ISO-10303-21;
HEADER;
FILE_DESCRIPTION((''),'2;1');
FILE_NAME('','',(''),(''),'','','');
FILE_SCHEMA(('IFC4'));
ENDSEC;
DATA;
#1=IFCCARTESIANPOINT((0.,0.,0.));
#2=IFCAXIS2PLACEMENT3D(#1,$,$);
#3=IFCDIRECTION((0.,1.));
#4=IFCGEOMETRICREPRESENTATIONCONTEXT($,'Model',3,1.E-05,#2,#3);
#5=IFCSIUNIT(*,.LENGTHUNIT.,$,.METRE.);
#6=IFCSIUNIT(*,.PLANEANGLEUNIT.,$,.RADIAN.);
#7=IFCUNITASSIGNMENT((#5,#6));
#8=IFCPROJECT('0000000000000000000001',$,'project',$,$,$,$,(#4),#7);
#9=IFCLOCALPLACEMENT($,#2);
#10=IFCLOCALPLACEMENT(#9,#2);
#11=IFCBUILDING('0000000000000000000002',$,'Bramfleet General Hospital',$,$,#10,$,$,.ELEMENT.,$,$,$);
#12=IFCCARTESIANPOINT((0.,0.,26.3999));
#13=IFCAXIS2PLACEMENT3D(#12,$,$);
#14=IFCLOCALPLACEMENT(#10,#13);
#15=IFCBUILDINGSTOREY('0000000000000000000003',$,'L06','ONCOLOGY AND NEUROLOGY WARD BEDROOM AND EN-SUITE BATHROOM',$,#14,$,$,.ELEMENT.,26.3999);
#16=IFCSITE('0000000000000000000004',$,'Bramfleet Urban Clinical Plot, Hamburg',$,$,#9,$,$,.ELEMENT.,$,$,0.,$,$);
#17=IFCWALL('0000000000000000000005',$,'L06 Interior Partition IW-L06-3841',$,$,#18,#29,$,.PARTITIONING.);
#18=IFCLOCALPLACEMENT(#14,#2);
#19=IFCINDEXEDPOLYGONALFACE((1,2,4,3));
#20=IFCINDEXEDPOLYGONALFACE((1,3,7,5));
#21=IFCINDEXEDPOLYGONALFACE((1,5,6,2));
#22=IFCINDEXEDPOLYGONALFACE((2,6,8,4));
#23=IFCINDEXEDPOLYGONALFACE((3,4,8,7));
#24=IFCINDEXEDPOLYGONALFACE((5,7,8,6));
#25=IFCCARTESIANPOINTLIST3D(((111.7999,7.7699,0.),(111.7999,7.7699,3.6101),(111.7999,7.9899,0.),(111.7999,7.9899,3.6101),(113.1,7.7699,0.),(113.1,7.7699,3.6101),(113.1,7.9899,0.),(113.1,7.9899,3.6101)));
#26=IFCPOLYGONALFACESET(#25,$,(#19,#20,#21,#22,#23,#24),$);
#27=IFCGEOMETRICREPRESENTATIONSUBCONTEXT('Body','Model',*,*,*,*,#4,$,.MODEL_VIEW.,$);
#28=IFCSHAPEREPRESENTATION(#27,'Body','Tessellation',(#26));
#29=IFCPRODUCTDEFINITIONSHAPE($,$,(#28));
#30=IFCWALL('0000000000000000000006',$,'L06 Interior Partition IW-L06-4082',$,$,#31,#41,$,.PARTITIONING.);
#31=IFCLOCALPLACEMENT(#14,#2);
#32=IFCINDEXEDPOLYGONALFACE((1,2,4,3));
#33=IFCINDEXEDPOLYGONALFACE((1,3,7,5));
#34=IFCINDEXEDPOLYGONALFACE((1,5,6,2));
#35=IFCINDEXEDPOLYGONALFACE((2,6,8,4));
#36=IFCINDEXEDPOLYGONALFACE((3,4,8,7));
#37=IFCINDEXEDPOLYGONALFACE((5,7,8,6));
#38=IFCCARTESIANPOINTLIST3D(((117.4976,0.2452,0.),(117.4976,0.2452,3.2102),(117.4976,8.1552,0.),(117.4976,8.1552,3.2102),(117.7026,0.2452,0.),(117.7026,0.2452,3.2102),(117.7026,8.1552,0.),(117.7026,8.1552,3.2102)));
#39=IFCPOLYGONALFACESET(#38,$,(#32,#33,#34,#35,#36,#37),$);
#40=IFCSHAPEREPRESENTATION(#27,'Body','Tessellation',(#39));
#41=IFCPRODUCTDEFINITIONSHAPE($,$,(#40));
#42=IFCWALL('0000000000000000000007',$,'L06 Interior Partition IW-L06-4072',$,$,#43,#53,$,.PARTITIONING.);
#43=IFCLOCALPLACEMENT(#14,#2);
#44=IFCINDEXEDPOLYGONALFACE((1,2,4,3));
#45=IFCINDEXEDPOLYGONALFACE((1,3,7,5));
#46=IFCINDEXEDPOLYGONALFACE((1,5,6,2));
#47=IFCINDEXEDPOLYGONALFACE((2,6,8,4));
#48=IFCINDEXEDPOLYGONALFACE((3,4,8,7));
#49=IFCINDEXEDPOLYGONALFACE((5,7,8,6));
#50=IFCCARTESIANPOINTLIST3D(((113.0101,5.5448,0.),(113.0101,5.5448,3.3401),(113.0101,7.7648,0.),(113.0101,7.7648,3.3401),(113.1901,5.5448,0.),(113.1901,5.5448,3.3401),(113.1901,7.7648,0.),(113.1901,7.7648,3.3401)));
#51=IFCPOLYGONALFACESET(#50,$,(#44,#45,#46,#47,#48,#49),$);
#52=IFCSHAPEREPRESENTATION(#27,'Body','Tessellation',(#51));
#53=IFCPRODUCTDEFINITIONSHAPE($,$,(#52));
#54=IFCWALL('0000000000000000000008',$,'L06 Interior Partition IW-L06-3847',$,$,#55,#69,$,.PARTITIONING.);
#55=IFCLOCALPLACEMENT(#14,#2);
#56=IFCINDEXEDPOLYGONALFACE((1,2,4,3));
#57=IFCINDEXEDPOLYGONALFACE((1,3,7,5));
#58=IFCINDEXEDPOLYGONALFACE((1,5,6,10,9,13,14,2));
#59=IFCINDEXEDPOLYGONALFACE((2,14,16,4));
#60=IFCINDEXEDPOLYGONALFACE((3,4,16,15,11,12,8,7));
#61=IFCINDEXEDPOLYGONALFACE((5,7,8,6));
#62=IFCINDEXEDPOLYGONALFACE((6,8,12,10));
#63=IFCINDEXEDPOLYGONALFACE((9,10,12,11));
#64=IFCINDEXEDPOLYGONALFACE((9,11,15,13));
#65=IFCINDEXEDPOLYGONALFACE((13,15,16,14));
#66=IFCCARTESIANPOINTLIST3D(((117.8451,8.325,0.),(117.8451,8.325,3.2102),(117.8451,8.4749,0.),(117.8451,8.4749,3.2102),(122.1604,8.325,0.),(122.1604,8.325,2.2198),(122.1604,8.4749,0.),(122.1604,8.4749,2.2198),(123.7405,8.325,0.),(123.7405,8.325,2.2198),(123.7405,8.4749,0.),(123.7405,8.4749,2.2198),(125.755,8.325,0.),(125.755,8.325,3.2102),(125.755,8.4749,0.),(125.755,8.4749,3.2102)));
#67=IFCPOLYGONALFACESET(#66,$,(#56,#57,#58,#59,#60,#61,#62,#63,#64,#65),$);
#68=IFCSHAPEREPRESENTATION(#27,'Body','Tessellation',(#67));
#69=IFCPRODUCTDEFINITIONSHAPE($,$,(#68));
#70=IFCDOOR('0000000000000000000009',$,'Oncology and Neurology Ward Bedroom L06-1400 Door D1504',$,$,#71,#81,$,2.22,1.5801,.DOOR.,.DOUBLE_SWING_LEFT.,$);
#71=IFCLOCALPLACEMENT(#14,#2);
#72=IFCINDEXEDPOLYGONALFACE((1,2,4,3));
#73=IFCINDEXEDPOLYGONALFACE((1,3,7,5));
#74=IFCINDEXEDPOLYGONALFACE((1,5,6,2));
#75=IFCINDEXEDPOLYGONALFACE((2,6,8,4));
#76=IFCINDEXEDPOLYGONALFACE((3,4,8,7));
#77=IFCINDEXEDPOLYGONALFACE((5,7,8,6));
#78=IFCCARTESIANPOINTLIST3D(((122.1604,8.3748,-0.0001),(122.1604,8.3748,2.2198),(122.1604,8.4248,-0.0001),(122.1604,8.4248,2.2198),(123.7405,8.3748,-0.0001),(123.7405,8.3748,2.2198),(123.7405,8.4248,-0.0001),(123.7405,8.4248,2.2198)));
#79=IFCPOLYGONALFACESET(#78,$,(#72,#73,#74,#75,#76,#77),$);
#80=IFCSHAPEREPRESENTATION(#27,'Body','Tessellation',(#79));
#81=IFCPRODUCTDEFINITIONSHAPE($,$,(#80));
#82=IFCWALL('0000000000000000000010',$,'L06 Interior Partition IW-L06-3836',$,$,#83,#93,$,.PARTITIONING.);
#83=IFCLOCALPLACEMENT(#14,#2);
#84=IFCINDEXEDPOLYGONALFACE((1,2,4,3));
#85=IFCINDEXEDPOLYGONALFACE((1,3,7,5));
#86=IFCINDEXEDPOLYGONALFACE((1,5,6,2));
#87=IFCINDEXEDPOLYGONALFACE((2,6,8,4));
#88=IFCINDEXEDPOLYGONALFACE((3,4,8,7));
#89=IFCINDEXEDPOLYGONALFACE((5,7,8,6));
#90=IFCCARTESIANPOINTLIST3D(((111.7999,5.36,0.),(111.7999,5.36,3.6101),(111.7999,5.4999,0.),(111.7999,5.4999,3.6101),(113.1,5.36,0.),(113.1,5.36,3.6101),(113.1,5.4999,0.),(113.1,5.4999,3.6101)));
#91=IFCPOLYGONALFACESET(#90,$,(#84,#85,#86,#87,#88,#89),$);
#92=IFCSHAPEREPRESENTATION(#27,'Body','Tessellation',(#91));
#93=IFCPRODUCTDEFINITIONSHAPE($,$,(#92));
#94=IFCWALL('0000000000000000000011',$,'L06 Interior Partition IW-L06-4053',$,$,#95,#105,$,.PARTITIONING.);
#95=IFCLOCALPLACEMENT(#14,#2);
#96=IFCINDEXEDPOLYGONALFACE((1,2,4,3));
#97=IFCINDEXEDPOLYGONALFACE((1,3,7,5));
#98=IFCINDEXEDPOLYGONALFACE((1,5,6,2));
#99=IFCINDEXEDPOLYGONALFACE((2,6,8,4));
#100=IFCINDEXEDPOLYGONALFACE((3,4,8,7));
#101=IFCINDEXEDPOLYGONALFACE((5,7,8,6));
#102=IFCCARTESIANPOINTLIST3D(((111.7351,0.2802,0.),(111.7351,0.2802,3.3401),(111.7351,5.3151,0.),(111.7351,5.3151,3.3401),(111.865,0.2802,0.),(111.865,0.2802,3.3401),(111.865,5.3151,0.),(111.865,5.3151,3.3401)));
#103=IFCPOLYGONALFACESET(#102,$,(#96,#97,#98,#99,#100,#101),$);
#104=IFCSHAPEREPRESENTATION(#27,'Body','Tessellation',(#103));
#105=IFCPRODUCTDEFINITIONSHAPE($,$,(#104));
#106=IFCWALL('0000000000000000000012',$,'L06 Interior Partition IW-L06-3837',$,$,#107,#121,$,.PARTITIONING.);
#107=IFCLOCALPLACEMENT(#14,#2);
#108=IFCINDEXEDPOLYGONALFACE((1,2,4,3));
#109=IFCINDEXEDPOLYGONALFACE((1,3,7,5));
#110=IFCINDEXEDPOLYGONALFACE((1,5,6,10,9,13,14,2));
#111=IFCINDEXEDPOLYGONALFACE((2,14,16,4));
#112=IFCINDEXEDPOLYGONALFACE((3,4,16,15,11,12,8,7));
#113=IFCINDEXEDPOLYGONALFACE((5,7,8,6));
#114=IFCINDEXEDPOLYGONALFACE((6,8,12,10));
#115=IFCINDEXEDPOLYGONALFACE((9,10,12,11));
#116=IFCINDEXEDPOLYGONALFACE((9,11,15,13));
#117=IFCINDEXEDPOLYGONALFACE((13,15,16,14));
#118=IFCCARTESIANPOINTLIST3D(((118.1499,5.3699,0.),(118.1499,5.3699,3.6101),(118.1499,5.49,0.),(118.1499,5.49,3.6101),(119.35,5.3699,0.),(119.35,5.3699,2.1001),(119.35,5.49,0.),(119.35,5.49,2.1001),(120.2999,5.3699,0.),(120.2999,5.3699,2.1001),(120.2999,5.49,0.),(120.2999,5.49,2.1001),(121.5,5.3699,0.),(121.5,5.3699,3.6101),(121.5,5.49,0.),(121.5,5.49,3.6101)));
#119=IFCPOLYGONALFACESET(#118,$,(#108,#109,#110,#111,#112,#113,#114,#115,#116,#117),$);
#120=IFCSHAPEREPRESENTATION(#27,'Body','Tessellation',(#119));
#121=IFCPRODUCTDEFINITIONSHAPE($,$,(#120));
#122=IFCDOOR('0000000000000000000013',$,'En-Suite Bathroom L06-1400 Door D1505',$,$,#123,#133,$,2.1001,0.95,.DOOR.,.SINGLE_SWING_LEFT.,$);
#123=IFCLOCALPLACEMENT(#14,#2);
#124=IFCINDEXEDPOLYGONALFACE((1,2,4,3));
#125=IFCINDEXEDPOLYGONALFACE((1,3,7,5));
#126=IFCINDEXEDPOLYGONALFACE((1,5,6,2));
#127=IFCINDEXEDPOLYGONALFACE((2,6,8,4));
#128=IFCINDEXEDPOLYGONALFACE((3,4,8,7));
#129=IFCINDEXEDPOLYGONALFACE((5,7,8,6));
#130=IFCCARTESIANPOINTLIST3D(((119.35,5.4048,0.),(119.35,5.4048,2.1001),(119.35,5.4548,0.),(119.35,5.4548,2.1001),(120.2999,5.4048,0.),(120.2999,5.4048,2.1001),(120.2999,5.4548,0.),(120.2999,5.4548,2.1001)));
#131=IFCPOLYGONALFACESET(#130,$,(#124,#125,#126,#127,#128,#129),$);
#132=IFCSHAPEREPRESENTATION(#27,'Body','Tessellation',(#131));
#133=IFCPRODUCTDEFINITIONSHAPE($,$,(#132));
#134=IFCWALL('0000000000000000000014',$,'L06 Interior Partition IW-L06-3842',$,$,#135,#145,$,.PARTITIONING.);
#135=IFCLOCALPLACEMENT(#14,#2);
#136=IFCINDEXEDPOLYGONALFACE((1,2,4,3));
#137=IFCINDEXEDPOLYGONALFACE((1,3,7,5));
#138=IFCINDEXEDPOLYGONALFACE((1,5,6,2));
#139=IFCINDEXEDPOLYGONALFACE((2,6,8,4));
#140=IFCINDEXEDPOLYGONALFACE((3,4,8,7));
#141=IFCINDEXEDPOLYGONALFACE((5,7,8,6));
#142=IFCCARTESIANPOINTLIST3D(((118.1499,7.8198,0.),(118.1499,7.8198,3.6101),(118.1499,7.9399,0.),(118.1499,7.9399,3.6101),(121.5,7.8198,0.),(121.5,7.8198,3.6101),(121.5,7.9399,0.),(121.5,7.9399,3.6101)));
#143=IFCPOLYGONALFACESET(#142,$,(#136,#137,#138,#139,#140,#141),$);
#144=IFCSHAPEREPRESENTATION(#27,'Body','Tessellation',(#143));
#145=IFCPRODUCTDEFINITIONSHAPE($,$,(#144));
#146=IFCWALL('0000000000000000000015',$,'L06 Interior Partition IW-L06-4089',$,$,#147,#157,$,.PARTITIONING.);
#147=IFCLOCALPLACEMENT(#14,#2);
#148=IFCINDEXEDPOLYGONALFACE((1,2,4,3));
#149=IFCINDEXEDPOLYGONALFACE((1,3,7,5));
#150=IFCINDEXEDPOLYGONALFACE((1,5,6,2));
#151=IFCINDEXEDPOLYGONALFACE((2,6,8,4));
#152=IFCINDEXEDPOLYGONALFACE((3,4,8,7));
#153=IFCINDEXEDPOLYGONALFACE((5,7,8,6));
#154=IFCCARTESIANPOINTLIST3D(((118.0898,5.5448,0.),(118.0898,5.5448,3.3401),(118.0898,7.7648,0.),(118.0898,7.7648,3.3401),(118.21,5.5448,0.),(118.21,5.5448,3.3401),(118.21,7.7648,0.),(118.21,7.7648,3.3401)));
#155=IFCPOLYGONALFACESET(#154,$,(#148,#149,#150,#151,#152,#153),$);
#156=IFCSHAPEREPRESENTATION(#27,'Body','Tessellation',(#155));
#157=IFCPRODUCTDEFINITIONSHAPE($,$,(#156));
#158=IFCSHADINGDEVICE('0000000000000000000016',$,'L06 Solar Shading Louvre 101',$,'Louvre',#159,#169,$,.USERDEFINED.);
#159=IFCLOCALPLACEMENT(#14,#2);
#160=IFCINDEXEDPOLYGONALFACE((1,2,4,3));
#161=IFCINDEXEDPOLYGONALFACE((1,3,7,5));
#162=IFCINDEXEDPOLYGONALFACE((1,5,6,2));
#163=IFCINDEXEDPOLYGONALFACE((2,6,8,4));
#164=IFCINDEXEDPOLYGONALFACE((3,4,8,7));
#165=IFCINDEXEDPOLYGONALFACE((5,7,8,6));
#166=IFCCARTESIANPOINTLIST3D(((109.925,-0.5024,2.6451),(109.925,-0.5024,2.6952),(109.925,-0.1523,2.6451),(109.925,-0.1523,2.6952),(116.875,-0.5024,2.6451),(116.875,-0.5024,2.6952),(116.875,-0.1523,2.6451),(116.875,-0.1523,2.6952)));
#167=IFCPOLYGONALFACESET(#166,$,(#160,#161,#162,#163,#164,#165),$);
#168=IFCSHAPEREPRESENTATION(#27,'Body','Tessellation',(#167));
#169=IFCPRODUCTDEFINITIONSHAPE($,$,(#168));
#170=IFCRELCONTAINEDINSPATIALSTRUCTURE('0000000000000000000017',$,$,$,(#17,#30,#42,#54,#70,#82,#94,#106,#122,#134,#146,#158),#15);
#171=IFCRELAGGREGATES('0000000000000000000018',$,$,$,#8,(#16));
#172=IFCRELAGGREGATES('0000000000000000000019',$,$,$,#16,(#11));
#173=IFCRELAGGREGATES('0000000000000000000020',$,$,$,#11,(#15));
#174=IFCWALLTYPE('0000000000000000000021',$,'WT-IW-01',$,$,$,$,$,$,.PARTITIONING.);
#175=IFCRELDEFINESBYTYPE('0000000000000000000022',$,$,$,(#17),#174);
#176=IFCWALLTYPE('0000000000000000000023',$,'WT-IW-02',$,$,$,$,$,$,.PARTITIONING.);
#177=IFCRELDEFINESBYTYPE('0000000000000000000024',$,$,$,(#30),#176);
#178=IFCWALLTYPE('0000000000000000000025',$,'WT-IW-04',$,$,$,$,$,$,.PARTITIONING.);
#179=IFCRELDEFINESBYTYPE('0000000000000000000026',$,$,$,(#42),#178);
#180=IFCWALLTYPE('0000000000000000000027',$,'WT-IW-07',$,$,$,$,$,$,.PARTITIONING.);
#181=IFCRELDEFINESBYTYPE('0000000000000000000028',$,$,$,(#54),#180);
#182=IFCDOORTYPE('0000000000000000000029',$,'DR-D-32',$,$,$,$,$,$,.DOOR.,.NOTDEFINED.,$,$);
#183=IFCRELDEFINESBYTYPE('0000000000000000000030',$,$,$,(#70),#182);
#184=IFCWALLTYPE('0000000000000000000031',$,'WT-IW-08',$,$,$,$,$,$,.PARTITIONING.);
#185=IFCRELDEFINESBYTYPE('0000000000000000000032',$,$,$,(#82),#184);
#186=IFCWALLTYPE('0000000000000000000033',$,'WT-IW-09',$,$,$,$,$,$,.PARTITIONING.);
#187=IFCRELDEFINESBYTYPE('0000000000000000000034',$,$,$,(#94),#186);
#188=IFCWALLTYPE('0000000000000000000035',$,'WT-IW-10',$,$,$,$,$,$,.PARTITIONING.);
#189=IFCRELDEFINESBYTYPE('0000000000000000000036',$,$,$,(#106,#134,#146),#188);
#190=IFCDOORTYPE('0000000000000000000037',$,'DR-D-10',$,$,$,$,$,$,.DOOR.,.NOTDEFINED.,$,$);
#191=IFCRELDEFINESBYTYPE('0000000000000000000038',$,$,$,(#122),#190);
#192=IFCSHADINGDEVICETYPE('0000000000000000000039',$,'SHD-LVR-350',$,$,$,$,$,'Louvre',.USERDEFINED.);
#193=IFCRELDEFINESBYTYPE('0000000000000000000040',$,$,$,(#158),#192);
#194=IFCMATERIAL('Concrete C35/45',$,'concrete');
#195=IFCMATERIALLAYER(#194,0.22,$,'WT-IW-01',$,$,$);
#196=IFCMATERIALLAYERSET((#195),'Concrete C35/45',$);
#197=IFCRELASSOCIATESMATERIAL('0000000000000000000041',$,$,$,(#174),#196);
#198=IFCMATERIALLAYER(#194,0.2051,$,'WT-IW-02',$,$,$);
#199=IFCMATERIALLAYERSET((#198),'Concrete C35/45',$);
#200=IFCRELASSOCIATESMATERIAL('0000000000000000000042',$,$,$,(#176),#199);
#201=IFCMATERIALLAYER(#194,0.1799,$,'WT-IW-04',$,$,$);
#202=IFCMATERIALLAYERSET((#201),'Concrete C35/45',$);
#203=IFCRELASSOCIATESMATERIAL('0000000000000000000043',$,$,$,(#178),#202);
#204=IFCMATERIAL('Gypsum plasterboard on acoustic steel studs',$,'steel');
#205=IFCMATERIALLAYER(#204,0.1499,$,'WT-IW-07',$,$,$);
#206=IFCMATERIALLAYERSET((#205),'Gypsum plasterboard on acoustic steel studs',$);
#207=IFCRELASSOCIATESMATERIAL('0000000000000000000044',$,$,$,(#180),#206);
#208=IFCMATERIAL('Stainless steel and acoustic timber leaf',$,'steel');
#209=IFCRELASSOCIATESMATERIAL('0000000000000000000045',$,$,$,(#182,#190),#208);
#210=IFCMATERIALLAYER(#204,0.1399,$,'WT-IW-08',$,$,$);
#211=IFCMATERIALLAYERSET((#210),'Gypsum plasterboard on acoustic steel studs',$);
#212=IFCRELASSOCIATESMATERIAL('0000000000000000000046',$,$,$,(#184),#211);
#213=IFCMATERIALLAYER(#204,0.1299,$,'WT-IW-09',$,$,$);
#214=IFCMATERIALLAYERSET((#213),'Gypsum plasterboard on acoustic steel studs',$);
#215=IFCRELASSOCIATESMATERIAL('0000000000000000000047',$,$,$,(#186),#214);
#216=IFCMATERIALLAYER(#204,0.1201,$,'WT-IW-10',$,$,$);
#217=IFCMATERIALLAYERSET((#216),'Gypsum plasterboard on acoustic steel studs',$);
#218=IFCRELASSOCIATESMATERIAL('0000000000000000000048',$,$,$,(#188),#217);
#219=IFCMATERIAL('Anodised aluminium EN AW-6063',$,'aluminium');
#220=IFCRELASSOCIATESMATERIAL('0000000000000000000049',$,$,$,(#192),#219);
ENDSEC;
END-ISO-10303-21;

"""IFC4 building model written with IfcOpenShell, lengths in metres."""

from ifc_helpers import new_model, si_unit, direction, frame, frame_2d, origin, origin_2d, place, context, subcontext, project, spatial, rectangle, extrude, material, layer, layer_set, material_profile, profile_set, type_object, element, fill, save


model = new_model("IFC4")

# Units and contexts
model_context = context("Model", 3, precision=1e-05, world=origin(), true_north=direction((0.0, 1.0)))
body_context = subcontext(model_context, "Body", "Model", "MODEL_VIEW")
ifc_project = project(units=[si_unit("LENGTHUNIT", "METRE"), si_unit("PLANEANGLEUNIT", "RADIAN")], contexts=[model_context])

# Site, building, storey
site_placement = place(None, origin())
site = spatial("IfcSite", under=ifc_project, at=site_placement, Name="Bramfleet Urban Clinical Plot, Hamburg", CompositionType="ELEMENT", RefElevation=0.0)
building_placement = place(site_placement, origin())
building = spatial("IfcBuilding", under=site, at=building_placement, Name="Bramfleet General Hospital", CompositionType="ELEMENT")
storey_placement = place(building_placement, frame((0.0, 0.0, 26.3999)))
storey = spatial("IfcBuildingStorey", under=building, at=storey_placement, Name="L06", Description="ONCOLOGY AND NEUROLOGY WARD BEDROOM AND EN-SUITE BATHROOM", CompositionType="ELEMENT", Elevation=26.3999)

# Walls
ifc_material_1 = material(Name="Concrete C35/45", Category="concrete")
ifc_layer_1 = layer(ifc_material_1, 0.22, Name="WT-IW-01")
ifc_layer_set_1 = layer_set([ifc_layer_1], Name="Concrete C35/45")
wall_type_1 = type_object("IfcWallType", Name="WT-IW-01", PredefinedType="PARTITIONING", material=ifc_layer_set_1)
wall_1_placement = place(storey_placement, frame((111.8, 7.8799, 0.0), z_axis=(0.0, 0.0, 1.0), x_axis=(1.0, 0.0, 0.0)))
element("IfcWall", 1, at=wall_1_placement, inside=storey, type_object=wall_type_1, Name="L06 Interior Partition IW-L06-3841", PredefinedType="PARTITIONING", context=body_context, shape_type="SweptSolid", body=[
    extrude(rectangle(XDim=1.3, YDim=0.22, at=frame_2d((0.6499, 0.0))), origin(), (0.0, 0.0, 1.0), 3.6101),
])
ifc_layer_2 = layer(ifc_material_1, 0.2051, Name="WT-IW-02")
ifc_layer_set_2 = layer_set([ifc_layer_2], Name="Concrete C35/45")
wall_type_2 = type_object("IfcWallType", Name="WT-IW-02", PredefinedType="PARTITIONING", material=ifc_layer_set_2)
wall_2_placement = place(storey_placement, frame((117.6001, 0.2451, 0.0), z_axis=(0.0, 0.0, 1.0), x_axis=(0.0, 1.0, 0.0)))
element("IfcWall", 2, at=wall_2_placement, inside=storey, type_object=wall_type_2, Name="L06 Interior Partition IW-L06-4082", PredefinedType="PARTITIONING", context=body_context, shape_type="SweptSolid", body=[
    extrude(rectangle(XDim=7.9099, YDim=0.2051, at=frame_2d((3.9551, 0.0))), origin(), (0.0, 0.0, 1.0), 3.2102),
])
ifc_layer_3 = layer(ifc_material_1, 0.1799, Name="WT-IW-04")
ifc_layer_set_3 = layer_set([ifc_layer_3], Name="Concrete C35/45")
wall_type_3 = type_object("IfcWallType", Name="WT-IW-04", PredefinedType="PARTITIONING", material=ifc_layer_set_3)
wall_3_placement = place(storey_placement, frame((113.1001, 5.5449, 0.0), z_axis=(0.0, 0.0, 1.0), x_axis=(0.0, 1.0, 0.0)))
element("IfcWall", 3, at=wall_3_placement, inside=storey, type_object=wall_type_3, Name="L06 Interior Partition IW-L06-4072", PredefinedType="PARTITIONING", context=body_context, shape_type="SweptSolid", body=[
    extrude(rectangle(XDim=2.22, YDim=0.1799, at=frame_2d((1.1099, 0.0))), origin(), (0.0, 0.0, 1.0), 3.3401),
])

# Wall, opening, door
ifc_material_2 = material(Name="Gypsum plasterboard on acoustic steel studs", Category="steel")
ifc_material_3 = material(Name="Stainless steel and acoustic timber leaf", Category="steel")
ifc_layer_4 = layer(ifc_material_2, 0.1499, Name="WT-IW-07")
ifc_layer_set_4 = layer_set([ifc_layer_4], Name="Gypsum plasterboard on acoustic steel studs")
wall_type_4 = type_object("IfcWallType", Name="WT-IW-07", PredefinedType="PARTITIONING", material=ifc_layer_set_4)
wall_4_placement = place(storey_placement, frame((117.845, 8.3999, 0.0), z_axis=(0.0, 0.0, 1.0), x_axis=(1.0, 0.0, 0.0)))
wall_4 = element("IfcWall", 4, at=wall_4_placement, inside=storey, type_object=wall_type_4, Name="L06 Interior Partition IW-L06-3847", PredefinedType="PARTITIONING", context=body_context, shape_type="SweptSolid", body=[
    extrude(rectangle(XDim=7.9099, YDim=0.1499, at=frame_2d((3.9551, 0.0))), origin(), (0.0, 0.0, 1.0), 3.2102),
])
opening_1_placement = place(wall_4_placement, frame((4.3154, 0.0, 0.0)))
opening_1 = element("IfcOpeningElement", 5, at=opening_1_placement, cuts=wall_4, PredefinedType="OPENING", context=body_context, shape_type="SweptSolid", body=[
    extrude(rectangle(XDim=1.5801, YDim=2.22, at=frame_2d((0.79, 1.1099))), frame((0.0, 0.085, 0.0), z_axis=(0.0, -1.0, 0.0), x_axis=(1.0, 0.0, 0.0)), (0.0, 0.0, 1.0), 0.1699),
])
door_type_1 = type_object("IfcDoorType", Name="DR-D-32", OperationType="NOTDEFINED", PredefinedType="DOOR", material=ifc_material_3)
door_1_placement = place(opening_1_placement, origin())
door_1 = element("IfcDoor", 6, at=door_1_placement, inside=storey, type_object=door_type_1, Name="Oncology and Neurology Ward Bedroom L06-1400 Door D1504", OperationType="DOUBLE_SWING_LEFT", OverallHeight=2.22, OverallWidth=1.5801, PredefinedType="DOOR", context=body_context, shape_type="SweptSolid", body=[
    extrude(rectangle(XDim=1.5801, YDim=2.22, at=frame_2d((0.79, 1.1099))), frame((0.0, 0.0249, 0.0), z_axis=(0.0, -1.0, 0.0), x_axis=(1.0, 0.0, 0.0)), (0.0, 0.0, 1.0), 0.05),
])
fill(opening_1, door_1)

# Walls
ifc_layer_5 = layer(ifc_material_2, 0.1399, Name="WT-IW-08")
ifc_layer_set_5 = layer_set([ifc_layer_5], Name="Gypsum plasterboard on acoustic steel studs")
wall_type_5 = type_object("IfcWallType", Name="WT-IW-08", PredefinedType="PARTITIONING", material=ifc_layer_set_5)
wall_5_placement = place(storey_placement, frame((111.8, 5.4299, 0.0), z_axis=(0.0, 0.0, 1.0), x_axis=(1.0, 0.0, 0.0)))
element("IfcWall", 7, at=wall_5_placement, inside=storey, type_object=wall_type_5, Name="L06 Interior Partition IW-L06-3836", PredefinedType="PARTITIONING", context=body_context, shape_type="SweptSolid", body=[
    extrude(rectangle(XDim=1.3, YDim=0.1399, at=frame_2d((0.6499, 0.0))), origin(), (0.0, 0.0, 1.0), 3.6101),
])
ifc_layer_6 = layer(ifc_material_2, 0.1299, Name="WT-IW-09")
ifc_layer_set_6 = layer_set([ifc_layer_6], Name="Gypsum plasterboard on acoustic steel studs")
wall_type_6 = type_object("IfcWallType", Name="WT-IW-09", PredefinedType="PARTITIONING", material=ifc_layer_set_6)
wall_6_placement = place(storey_placement, frame((111.8, 0.28, 0.0), z_axis=(0.0, 0.0, 1.0), x_axis=(0.0, 1.0, 0.0)))
element("IfcWall", 8, at=wall_6_placement, inside=storey, type_object=wall_type_6, Name="L06 Interior Partition IW-L06-4053", PredefinedType="PARTITIONING", context=body_context, shape_type="SweptSolid", body=[
    extrude(rectangle(XDim=5.0349, YDim=0.1299, at=frame_2d((2.5176, 0.0))), origin(), (0.0, 0.0, 1.0), 3.3401),
])

# Wall, opening, door
ifc_layer_7 = layer(ifc_material_2, 0.1201, Name="WT-IW-10")
ifc_layer_set_7 = layer_set([ifc_layer_7], Name="Gypsum plasterboard on acoustic steel studs")
wall_type_7 = type_object("IfcWallType", Name="WT-IW-10", PredefinedType="PARTITIONING", material=ifc_layer_set_7)
wall_7_placement = place(storey_placement, frame((118.1499, 5.4299, 0.0), z_axis=(0.0, 0.0, 1.0), x_axis=(1.0, 0.0, 0.0)))
wall_7 = element("IfcWall", 9, at=wall_7_placement, inside=storey, type_object=wall_type_7, Name="L06 Interior Partition IW-L06-3837", PredefinedType="PARTITIONING", context=body_context, shape_type="SweptSolid", body=[
    extrude(rectangle(XDim=3.3501, YDim=0.1201, at=frame_2d((1.675, 0.0))), origin(), (0.0, 0.0, 1.0), 3.6101),
])
opening_2_placement = place(wall_7_placement, frame((1.2, 0.0, 0.0)))
opening_2 = element("IfcOpeningElement", 10, at=opening_2_placement, cuts=wall_7, PredefinedType="OPENING", context=body_context, shape_type="SweptSolid", body=[
    extrude(rectangle(XDim=0.95, YDim=2.1001, at=frame_2d((0.4751, 1.05))), frame((0.0, 0.0701, 0.0), z_axis=(0.0, -1.0, 0.0), x_axis=(1.0, 0.0, 0.0)), (0.0, 0.0, 1.0), 0.1401),
])
door_type_2 = type_object("IfcDoorType", Name="DR-D-10", OperationType="NOTDEFINED", PredefinedType="DOOR", material=ifc_material_3)
door_2_placement = place(opening_2_placement, origin())
door_2 = element("IfcDoor", 11, at=door_2_placement, inside=storey, type_object=door_type_2, Name="En-Suite Bathroom L06-1400 Door D1505", OperationType="SINGLE_SWING_LEFT", OverallHeight=2.1001, OverallWidth=0.95, PredefinedType="DOOR", context=body_context, shape_type="SweptSolid", body=[
    extrude(rectangle(XDim=0.95, YDim=2.1001, at=frame_2d((0.4751, 1.05))), frame((0.0, 0.0249, 0.0), z_axis=(0.0, -1.0, 0.0), x_axis=(1.0, 0.0, 0.0)), (0.0, 0.0, 1.0), 0.05),
])
fill(opening_2, door_2)

# Walls
wall_8_placement = place(storey_placement, frame((118.1499, 7.8799, 0.0), z_axis=(0.0, 0.0, 1.0), x_axis=(1.0, 0.0, 0.0)))
element("IfcWall", 12, at=wall_8_placement, inside=storey, type_object=wall_type_7, Name="L06 Interior Partition IW-L06-3842", PredefinedType="PARTITIONING", context=body_context, shape_type="SweptSolid", body=[
    extrude(rectangle(XDim=3.3501, YDim=0.1201, at=frame_2d((1.675, 0.0))), origin(), (0.0, 0.0, 1.0), 3.6101),
])
wall_9_placement = place(storey_placement, frame((118.1499, 5.5449, 0.0), z_axis=(0.0, 0.0, 1.0), x_axis=(0.0, 1.0, 0.0)))
element("IfcWall", 13, at=wall_9_placement, inside=storey, type_object=wall_type_7, Name="L06 Interior Partition IW-L06-4089", PredefinedType="PARTITIONING", context=body_context, shape_type="SweptSolid", body=[
    extrude(rectangle(XDim=2.22, YDim=0.1201, at=frame_2d((1.1099, 0.0))), origin(), (0.0, 0.0, 1.0), 3.3401),
])

# Shading device
ifc_material_4 = material(Name="Anodised aluminium EN AW-6063", Category="aluminium")
ifc_material_profile_1 = material_profile(ifc_material_4, rectangle(XDim=0.05, YDim=0.3501, at=origin_2d()), Name="ALU LOUVRE 350x50")
ifc_profile_set_1 = profile_set([ifc_material_profile_1], Name="Anodised aluminium EN AW-6063")
shading_device_type = type_object("IfcShadingDeviceType", Name="SHD-LVR-350", ElementType="Louvre", PredefinedType="USERDEFINED", material=ifc_profile_set_1)
shading_device_placement = place(storey_placement, frame((116.875, -0.3274, 2.6702), z_axis=(-1.0, 0.0, 0.0), x_axis=(0.0, 0.0, 1.0)))
element("IfcShadingDevice", 14, at=shading_device_placement, inside=storey, type_object=shading_device_type, Name="L06 Solar Shading Louvre 101", ObjectType="Louvre", PredefinedType="USERDEFINED", context=body_context, shape_type="SweptSolid", body=[
    extrude(rectangle(XDim=0.05, YDim=0.3501, at=origin_2d()), origin(), (0.0, 0.0, 1.0), 6.95),
])

save(model, "model.ifc")
